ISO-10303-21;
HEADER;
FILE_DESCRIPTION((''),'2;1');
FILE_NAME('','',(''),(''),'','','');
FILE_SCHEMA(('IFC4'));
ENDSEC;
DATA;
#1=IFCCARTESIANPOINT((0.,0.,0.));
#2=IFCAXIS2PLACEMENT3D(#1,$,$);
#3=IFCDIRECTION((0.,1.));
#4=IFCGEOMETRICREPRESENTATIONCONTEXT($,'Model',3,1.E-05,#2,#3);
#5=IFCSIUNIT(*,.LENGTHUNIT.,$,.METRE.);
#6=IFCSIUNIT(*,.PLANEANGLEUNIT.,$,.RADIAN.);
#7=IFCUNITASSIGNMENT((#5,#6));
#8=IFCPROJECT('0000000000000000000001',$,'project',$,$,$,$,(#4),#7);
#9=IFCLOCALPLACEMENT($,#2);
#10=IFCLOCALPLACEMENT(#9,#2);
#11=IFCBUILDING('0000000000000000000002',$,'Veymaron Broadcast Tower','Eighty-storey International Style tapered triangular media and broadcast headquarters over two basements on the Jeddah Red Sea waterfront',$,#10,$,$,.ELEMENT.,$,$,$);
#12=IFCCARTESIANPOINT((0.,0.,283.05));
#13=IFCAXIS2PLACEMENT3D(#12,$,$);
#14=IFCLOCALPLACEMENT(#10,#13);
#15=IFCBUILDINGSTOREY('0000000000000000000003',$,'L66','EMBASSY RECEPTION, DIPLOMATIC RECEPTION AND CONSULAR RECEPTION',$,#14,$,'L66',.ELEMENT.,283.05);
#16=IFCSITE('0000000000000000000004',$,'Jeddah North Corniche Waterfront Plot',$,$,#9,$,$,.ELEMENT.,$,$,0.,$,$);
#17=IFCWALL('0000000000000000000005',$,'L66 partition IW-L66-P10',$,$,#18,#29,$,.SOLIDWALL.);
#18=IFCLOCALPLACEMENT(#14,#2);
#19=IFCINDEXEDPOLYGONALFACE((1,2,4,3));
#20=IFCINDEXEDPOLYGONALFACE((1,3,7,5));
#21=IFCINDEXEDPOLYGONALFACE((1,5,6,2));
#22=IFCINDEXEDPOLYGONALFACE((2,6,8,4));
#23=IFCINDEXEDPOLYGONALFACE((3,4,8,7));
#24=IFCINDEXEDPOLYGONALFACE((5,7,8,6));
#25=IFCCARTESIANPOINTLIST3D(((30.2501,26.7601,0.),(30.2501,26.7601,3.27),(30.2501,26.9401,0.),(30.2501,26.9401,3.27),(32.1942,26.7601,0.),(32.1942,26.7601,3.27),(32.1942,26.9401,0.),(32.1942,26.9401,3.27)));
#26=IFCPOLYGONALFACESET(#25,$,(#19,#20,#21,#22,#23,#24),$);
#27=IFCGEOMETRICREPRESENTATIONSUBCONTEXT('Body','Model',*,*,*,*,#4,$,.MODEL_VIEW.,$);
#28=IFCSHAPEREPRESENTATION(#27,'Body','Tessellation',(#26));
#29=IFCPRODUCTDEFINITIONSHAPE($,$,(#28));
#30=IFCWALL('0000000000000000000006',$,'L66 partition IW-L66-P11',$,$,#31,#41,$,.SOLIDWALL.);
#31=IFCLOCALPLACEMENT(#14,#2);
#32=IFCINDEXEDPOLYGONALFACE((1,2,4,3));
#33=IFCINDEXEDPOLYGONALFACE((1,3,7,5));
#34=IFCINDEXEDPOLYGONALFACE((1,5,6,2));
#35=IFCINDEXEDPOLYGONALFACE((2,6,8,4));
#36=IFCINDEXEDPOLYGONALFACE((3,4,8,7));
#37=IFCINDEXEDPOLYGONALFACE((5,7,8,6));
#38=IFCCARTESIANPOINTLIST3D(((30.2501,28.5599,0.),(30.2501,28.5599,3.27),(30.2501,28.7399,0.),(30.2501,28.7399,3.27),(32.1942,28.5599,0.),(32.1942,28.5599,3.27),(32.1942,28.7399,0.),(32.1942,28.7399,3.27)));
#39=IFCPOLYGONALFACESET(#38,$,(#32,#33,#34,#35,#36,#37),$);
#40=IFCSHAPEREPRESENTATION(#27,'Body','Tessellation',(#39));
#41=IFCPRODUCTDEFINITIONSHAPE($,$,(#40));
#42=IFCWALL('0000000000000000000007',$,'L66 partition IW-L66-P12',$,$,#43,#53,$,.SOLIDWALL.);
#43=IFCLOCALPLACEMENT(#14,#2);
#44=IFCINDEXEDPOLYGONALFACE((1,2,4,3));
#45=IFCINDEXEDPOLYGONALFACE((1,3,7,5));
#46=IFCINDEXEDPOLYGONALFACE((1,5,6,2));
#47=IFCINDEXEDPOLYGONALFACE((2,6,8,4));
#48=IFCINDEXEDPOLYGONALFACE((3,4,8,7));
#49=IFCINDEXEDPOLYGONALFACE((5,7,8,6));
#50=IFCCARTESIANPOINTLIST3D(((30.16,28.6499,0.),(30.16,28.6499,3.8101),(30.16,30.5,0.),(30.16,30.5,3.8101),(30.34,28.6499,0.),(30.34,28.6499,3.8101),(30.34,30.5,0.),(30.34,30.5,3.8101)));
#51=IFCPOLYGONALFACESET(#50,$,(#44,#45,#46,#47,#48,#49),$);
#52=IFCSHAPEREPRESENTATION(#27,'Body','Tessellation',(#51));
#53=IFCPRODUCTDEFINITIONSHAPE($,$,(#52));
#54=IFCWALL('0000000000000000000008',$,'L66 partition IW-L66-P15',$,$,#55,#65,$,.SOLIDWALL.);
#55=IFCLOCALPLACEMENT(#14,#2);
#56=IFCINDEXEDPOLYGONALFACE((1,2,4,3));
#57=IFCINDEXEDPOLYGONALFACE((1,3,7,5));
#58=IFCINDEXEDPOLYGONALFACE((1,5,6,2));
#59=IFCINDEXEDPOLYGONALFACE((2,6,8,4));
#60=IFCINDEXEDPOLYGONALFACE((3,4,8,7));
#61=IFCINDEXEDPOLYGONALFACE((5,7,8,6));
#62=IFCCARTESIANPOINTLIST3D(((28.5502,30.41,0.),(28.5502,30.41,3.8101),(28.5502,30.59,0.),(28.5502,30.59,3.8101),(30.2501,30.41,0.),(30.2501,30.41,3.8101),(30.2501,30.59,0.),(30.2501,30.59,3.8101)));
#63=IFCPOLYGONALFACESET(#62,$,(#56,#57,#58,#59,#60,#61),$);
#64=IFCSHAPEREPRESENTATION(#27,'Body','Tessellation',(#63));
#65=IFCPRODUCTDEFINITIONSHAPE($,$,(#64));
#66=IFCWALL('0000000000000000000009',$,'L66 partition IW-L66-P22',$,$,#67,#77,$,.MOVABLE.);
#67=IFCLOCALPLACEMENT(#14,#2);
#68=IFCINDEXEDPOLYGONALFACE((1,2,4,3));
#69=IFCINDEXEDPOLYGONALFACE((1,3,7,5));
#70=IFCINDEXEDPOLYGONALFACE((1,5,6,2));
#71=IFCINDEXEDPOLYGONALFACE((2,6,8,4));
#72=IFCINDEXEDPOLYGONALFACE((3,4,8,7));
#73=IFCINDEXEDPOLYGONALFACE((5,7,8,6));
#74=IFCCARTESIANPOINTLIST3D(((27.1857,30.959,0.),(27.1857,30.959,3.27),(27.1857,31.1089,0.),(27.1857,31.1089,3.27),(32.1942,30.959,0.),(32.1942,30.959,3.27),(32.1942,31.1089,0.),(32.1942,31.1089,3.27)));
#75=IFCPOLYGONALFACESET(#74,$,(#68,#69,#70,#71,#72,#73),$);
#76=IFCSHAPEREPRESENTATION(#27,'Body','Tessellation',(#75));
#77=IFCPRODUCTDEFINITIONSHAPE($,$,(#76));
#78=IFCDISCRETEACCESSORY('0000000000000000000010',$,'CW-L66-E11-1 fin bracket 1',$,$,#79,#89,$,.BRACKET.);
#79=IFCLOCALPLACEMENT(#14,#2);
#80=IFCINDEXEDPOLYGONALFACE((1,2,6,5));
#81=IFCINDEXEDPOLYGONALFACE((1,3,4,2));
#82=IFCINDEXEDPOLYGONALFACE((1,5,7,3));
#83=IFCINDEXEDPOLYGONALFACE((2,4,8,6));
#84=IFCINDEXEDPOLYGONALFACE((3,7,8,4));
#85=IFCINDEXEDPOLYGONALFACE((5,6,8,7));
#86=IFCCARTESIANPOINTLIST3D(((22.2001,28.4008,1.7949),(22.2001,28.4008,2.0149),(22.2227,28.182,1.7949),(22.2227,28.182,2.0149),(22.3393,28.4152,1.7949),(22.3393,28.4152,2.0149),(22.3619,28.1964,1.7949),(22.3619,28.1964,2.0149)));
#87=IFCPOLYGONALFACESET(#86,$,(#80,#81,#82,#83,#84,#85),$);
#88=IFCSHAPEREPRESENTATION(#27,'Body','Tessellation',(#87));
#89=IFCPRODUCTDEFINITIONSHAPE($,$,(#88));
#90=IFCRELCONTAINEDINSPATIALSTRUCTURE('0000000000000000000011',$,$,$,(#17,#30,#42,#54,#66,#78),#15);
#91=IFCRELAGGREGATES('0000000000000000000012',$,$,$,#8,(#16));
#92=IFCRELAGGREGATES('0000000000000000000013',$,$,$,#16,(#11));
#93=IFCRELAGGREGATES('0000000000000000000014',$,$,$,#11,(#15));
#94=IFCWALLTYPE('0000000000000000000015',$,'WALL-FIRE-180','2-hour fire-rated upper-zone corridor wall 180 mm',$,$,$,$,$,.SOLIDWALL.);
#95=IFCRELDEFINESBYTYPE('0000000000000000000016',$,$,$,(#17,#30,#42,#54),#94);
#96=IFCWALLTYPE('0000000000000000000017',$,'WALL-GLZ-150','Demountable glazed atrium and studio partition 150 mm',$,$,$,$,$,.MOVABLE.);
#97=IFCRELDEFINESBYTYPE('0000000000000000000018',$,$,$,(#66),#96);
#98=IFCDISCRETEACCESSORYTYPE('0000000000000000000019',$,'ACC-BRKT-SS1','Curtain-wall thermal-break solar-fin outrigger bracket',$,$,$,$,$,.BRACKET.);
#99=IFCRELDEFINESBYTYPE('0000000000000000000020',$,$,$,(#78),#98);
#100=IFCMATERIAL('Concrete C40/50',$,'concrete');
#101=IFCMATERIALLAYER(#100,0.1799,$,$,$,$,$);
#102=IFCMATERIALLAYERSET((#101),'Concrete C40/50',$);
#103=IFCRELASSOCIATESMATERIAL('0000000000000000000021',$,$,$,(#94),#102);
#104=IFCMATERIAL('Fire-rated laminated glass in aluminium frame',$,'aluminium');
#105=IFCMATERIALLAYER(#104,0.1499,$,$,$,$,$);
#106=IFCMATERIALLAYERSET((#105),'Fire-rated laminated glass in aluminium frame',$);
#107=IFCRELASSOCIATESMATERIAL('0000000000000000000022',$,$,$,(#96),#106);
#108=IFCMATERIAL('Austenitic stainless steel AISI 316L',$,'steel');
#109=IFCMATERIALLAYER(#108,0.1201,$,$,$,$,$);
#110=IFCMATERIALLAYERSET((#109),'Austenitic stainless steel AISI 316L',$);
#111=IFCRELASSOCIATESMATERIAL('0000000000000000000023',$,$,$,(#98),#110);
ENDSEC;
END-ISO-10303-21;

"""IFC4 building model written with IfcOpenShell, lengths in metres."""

from ifc_helpers import new_model, si_unit, direction, frame, frame_2d, origin, origin_2d, place, context, subcontext, project, spatial, rectangle, extrude, material, layer, layer_set, type_object, element, save


model = new_model("IFC4")

# Units and contexts
model_context = context("Model", 3, precision=1e-05, world=origin(), true_north=direction((0.0, 1.0)))
body_context = subcontext(model_context, "Body", "Model", "MODEL_VIEW")
ifc_project = project(units=[si_unit("LENGTHUNIT", "METRE"), si_unit("PLANEANGLEUNIT", "RADIAN")], contexts=[model_context])

# Site, building, storey
site_placement = place(None, origin())
site = spatial("IfcSite", under=ifc_project, at=site_placement, Name="Jeddah North Corniche Waterfront Plot", CompositionType="ELEMENT", RefElevation=0.0)
building_placement = place(site_placement, origin())
building = spatial("IfcBuilding", under=site, at=building_placement, Name="Veymaron Broadcast Tower", Description="Eighty-storey International Style tapered triangular media and broadcast headquarters over two basements on the Jeddah Red Sea waterfront", CompositionType="ELEMENT")
storey_placement = place(building_placement, frame((0.0, 0.0, 283.05)))
storey = spatial("IfcBuildingStorey", under=building, at=storey_placement, Name="L66", Description="EMBASSY RECEPTION, DIPLOMATIC RECEPTION AND CONSULAR RECEPTION", LongName="L66", CompositionType="ELEMENT", Elevation=283.05)

# Walls
ifc_material_1 = material(Name="Concrete C40/50", Category="concrete")
ifc_layer_1 = layer(ifc_material_1, 0.1799)
ifc_layer_set_1 = layer_set([ifc_layer_1], Name="Concrete C40/50")
wall_type_1 = type_object("IfcWallType", Name="WALL-FIRE-180", Description="2-hour fire-rated upper-zone corridor wall 180 mm", PredefinedType="SOLIDWALL", material=ifc_layer_set_1)
for number, where, z_axis, x_axis, name in (
    (1, (30.25, 26.8501, 0.0), (0.0, 0.0, 1.0), (1.0, 0.0, 0.0), "L66 partition IW-L66-P10"),
    (2, (30.25, 28.6499, 0.0), (0.0, 0.0, 1.0), (1.0, 0.0, 0.0), "L66 partition IW-L66-P11"),
):
    element("IfcWall", number, at=place(storey_placement, frame(where, z_axis=z_axis, x_axis=x_axis)), inside=storey, type_object=wall_type_1, Name=name, PredefinedType="SOLIDWALL", context=body_context, shape_type="SweptSolid", body=[
        extrude(rectangle(XDim=1.9441, YDim=0.1799, at=frame_2d((0.9722, 0.0))), origin(), (0.0, 0.0, 1.0), 3.27),
    ])
wall_1_placement = place(storey_placement, frame((30.25, 28.6499, 0.0), z_axis=(0.0, 0.0, 1.0), x_axis=(0.0, 1.0, 0.0)))
element("IfcWall", 3, at=wall_1_placement, inside=storey, type_object=wall_type_1, Name="L66 partition IW-L66-P12", PredefinedType="SOLIDWALL", context=body_context, shape_type="SweptSolid", body=[
    extrude(rectangle(XDim=1.8501, YDim=0.1799, at=frame_2d((0.925, 0.0))), origin(), (0.0, 0.0, 1.0), 3.8101),
])
wall_2_placement = place(storey_placement, frame((28.55, 30.5, 0.0), z_axis=(0.0, 0.0, 1.0), x_axis=(1.0, 0.0, 0.0)))
element("IfcWall", 4, at=wall_2_placement, inside=storey, type_object=wall_type_1, Name="L66 partition IW-L66-P15", PredefinedType="SOLIDWALL", context=body_context, shape_type="SweptSolid", body=[
    extrude(rectangle(XDim=1.7, YDim=0.1799, at=frame_2d((0.8501, 0.0))), origin(), (0.0, 0.0, 1.0), 3.8101),
])
ifc_material_2 = material(Name="Fire-rated laminated glass in aluminium frame", Category="aluminium")
ifc_layer_2 = layer(ifc_material_2, 0.1499)
ifc_layer_set_2 = layer_set([ifc_layer_2], Name="Fire-rated laminated glass in aluminium frame")
wall_type_2 = type_object("IfcWallType", Name="WALL-GLZ-150", Description="Demountable glazed atrium and studio partition 150 mm", PredefinedType="MOVABLE", material=ifc_layer_set_2)
wall_3_placement = place(storey_placement, frame((27.1855, 31.0339, 0.0), z_axis=(0.0, 0.0, 1.0), x_axis=(1.0, 0.0, 0.0)))
element("IfcWall", 5, at=wall_3_placement, inside=storey, type_object=wall_type_2, Name="L66 partition IW-L66-P22", PredefinedType="MOVABLE", context=body_context, shape_type="SweptSolid", body=[
    extrude(rectangle(XDim=5.0085, YDim=0.1499, at=frame_2d((2.5044, 0.0))), origin(), (0.0, 0.0, 1.0), 3.27),
])

# Discrete accessory
ifc_material_3 = material(Name="Austenitic stainless steel AISI 316L", Category="steel")
ifc_layer_3 = layer(ifc_material_3, 0.1201)
ifc_layer_set_3 = layer_set([ifc_layer_3], Name="Austenitic stainless steel AISI 316L")
discrete_accessory_type = type_object("IfcDiscreteAccessoryType", Name="ACC-BRKT-SS1", Description="Curtain-wall thermal-break solar-fin outrigger bracket", PredefinedType="BRACKET", material=ifc_layer_set_3)
discrete_accessory_placement = place(storey_placement, frame((22.281, 28.2986, 1.7949), z_axis=(0.0, 0.0, 1.0), x_axis=(-0.10281, 0.994701, 0.0)))
element("IfcDiscreteAccessory", 6, at=discrete_accessory_placement, inside=storey, type_object=discrete_accessory_type, Name="CW-L66-E11-1 fin bracket 1", PredefinedType="BRACKET", context=body_context, shape_type="SweptSolid", body=[
    extrude(rectangle(XDim=0.22, YDim=0.1399, at=origin_2d()), origin(), (0.0, 0.0, 1.0), 0.22),
])

save(model, "model.ifc")
